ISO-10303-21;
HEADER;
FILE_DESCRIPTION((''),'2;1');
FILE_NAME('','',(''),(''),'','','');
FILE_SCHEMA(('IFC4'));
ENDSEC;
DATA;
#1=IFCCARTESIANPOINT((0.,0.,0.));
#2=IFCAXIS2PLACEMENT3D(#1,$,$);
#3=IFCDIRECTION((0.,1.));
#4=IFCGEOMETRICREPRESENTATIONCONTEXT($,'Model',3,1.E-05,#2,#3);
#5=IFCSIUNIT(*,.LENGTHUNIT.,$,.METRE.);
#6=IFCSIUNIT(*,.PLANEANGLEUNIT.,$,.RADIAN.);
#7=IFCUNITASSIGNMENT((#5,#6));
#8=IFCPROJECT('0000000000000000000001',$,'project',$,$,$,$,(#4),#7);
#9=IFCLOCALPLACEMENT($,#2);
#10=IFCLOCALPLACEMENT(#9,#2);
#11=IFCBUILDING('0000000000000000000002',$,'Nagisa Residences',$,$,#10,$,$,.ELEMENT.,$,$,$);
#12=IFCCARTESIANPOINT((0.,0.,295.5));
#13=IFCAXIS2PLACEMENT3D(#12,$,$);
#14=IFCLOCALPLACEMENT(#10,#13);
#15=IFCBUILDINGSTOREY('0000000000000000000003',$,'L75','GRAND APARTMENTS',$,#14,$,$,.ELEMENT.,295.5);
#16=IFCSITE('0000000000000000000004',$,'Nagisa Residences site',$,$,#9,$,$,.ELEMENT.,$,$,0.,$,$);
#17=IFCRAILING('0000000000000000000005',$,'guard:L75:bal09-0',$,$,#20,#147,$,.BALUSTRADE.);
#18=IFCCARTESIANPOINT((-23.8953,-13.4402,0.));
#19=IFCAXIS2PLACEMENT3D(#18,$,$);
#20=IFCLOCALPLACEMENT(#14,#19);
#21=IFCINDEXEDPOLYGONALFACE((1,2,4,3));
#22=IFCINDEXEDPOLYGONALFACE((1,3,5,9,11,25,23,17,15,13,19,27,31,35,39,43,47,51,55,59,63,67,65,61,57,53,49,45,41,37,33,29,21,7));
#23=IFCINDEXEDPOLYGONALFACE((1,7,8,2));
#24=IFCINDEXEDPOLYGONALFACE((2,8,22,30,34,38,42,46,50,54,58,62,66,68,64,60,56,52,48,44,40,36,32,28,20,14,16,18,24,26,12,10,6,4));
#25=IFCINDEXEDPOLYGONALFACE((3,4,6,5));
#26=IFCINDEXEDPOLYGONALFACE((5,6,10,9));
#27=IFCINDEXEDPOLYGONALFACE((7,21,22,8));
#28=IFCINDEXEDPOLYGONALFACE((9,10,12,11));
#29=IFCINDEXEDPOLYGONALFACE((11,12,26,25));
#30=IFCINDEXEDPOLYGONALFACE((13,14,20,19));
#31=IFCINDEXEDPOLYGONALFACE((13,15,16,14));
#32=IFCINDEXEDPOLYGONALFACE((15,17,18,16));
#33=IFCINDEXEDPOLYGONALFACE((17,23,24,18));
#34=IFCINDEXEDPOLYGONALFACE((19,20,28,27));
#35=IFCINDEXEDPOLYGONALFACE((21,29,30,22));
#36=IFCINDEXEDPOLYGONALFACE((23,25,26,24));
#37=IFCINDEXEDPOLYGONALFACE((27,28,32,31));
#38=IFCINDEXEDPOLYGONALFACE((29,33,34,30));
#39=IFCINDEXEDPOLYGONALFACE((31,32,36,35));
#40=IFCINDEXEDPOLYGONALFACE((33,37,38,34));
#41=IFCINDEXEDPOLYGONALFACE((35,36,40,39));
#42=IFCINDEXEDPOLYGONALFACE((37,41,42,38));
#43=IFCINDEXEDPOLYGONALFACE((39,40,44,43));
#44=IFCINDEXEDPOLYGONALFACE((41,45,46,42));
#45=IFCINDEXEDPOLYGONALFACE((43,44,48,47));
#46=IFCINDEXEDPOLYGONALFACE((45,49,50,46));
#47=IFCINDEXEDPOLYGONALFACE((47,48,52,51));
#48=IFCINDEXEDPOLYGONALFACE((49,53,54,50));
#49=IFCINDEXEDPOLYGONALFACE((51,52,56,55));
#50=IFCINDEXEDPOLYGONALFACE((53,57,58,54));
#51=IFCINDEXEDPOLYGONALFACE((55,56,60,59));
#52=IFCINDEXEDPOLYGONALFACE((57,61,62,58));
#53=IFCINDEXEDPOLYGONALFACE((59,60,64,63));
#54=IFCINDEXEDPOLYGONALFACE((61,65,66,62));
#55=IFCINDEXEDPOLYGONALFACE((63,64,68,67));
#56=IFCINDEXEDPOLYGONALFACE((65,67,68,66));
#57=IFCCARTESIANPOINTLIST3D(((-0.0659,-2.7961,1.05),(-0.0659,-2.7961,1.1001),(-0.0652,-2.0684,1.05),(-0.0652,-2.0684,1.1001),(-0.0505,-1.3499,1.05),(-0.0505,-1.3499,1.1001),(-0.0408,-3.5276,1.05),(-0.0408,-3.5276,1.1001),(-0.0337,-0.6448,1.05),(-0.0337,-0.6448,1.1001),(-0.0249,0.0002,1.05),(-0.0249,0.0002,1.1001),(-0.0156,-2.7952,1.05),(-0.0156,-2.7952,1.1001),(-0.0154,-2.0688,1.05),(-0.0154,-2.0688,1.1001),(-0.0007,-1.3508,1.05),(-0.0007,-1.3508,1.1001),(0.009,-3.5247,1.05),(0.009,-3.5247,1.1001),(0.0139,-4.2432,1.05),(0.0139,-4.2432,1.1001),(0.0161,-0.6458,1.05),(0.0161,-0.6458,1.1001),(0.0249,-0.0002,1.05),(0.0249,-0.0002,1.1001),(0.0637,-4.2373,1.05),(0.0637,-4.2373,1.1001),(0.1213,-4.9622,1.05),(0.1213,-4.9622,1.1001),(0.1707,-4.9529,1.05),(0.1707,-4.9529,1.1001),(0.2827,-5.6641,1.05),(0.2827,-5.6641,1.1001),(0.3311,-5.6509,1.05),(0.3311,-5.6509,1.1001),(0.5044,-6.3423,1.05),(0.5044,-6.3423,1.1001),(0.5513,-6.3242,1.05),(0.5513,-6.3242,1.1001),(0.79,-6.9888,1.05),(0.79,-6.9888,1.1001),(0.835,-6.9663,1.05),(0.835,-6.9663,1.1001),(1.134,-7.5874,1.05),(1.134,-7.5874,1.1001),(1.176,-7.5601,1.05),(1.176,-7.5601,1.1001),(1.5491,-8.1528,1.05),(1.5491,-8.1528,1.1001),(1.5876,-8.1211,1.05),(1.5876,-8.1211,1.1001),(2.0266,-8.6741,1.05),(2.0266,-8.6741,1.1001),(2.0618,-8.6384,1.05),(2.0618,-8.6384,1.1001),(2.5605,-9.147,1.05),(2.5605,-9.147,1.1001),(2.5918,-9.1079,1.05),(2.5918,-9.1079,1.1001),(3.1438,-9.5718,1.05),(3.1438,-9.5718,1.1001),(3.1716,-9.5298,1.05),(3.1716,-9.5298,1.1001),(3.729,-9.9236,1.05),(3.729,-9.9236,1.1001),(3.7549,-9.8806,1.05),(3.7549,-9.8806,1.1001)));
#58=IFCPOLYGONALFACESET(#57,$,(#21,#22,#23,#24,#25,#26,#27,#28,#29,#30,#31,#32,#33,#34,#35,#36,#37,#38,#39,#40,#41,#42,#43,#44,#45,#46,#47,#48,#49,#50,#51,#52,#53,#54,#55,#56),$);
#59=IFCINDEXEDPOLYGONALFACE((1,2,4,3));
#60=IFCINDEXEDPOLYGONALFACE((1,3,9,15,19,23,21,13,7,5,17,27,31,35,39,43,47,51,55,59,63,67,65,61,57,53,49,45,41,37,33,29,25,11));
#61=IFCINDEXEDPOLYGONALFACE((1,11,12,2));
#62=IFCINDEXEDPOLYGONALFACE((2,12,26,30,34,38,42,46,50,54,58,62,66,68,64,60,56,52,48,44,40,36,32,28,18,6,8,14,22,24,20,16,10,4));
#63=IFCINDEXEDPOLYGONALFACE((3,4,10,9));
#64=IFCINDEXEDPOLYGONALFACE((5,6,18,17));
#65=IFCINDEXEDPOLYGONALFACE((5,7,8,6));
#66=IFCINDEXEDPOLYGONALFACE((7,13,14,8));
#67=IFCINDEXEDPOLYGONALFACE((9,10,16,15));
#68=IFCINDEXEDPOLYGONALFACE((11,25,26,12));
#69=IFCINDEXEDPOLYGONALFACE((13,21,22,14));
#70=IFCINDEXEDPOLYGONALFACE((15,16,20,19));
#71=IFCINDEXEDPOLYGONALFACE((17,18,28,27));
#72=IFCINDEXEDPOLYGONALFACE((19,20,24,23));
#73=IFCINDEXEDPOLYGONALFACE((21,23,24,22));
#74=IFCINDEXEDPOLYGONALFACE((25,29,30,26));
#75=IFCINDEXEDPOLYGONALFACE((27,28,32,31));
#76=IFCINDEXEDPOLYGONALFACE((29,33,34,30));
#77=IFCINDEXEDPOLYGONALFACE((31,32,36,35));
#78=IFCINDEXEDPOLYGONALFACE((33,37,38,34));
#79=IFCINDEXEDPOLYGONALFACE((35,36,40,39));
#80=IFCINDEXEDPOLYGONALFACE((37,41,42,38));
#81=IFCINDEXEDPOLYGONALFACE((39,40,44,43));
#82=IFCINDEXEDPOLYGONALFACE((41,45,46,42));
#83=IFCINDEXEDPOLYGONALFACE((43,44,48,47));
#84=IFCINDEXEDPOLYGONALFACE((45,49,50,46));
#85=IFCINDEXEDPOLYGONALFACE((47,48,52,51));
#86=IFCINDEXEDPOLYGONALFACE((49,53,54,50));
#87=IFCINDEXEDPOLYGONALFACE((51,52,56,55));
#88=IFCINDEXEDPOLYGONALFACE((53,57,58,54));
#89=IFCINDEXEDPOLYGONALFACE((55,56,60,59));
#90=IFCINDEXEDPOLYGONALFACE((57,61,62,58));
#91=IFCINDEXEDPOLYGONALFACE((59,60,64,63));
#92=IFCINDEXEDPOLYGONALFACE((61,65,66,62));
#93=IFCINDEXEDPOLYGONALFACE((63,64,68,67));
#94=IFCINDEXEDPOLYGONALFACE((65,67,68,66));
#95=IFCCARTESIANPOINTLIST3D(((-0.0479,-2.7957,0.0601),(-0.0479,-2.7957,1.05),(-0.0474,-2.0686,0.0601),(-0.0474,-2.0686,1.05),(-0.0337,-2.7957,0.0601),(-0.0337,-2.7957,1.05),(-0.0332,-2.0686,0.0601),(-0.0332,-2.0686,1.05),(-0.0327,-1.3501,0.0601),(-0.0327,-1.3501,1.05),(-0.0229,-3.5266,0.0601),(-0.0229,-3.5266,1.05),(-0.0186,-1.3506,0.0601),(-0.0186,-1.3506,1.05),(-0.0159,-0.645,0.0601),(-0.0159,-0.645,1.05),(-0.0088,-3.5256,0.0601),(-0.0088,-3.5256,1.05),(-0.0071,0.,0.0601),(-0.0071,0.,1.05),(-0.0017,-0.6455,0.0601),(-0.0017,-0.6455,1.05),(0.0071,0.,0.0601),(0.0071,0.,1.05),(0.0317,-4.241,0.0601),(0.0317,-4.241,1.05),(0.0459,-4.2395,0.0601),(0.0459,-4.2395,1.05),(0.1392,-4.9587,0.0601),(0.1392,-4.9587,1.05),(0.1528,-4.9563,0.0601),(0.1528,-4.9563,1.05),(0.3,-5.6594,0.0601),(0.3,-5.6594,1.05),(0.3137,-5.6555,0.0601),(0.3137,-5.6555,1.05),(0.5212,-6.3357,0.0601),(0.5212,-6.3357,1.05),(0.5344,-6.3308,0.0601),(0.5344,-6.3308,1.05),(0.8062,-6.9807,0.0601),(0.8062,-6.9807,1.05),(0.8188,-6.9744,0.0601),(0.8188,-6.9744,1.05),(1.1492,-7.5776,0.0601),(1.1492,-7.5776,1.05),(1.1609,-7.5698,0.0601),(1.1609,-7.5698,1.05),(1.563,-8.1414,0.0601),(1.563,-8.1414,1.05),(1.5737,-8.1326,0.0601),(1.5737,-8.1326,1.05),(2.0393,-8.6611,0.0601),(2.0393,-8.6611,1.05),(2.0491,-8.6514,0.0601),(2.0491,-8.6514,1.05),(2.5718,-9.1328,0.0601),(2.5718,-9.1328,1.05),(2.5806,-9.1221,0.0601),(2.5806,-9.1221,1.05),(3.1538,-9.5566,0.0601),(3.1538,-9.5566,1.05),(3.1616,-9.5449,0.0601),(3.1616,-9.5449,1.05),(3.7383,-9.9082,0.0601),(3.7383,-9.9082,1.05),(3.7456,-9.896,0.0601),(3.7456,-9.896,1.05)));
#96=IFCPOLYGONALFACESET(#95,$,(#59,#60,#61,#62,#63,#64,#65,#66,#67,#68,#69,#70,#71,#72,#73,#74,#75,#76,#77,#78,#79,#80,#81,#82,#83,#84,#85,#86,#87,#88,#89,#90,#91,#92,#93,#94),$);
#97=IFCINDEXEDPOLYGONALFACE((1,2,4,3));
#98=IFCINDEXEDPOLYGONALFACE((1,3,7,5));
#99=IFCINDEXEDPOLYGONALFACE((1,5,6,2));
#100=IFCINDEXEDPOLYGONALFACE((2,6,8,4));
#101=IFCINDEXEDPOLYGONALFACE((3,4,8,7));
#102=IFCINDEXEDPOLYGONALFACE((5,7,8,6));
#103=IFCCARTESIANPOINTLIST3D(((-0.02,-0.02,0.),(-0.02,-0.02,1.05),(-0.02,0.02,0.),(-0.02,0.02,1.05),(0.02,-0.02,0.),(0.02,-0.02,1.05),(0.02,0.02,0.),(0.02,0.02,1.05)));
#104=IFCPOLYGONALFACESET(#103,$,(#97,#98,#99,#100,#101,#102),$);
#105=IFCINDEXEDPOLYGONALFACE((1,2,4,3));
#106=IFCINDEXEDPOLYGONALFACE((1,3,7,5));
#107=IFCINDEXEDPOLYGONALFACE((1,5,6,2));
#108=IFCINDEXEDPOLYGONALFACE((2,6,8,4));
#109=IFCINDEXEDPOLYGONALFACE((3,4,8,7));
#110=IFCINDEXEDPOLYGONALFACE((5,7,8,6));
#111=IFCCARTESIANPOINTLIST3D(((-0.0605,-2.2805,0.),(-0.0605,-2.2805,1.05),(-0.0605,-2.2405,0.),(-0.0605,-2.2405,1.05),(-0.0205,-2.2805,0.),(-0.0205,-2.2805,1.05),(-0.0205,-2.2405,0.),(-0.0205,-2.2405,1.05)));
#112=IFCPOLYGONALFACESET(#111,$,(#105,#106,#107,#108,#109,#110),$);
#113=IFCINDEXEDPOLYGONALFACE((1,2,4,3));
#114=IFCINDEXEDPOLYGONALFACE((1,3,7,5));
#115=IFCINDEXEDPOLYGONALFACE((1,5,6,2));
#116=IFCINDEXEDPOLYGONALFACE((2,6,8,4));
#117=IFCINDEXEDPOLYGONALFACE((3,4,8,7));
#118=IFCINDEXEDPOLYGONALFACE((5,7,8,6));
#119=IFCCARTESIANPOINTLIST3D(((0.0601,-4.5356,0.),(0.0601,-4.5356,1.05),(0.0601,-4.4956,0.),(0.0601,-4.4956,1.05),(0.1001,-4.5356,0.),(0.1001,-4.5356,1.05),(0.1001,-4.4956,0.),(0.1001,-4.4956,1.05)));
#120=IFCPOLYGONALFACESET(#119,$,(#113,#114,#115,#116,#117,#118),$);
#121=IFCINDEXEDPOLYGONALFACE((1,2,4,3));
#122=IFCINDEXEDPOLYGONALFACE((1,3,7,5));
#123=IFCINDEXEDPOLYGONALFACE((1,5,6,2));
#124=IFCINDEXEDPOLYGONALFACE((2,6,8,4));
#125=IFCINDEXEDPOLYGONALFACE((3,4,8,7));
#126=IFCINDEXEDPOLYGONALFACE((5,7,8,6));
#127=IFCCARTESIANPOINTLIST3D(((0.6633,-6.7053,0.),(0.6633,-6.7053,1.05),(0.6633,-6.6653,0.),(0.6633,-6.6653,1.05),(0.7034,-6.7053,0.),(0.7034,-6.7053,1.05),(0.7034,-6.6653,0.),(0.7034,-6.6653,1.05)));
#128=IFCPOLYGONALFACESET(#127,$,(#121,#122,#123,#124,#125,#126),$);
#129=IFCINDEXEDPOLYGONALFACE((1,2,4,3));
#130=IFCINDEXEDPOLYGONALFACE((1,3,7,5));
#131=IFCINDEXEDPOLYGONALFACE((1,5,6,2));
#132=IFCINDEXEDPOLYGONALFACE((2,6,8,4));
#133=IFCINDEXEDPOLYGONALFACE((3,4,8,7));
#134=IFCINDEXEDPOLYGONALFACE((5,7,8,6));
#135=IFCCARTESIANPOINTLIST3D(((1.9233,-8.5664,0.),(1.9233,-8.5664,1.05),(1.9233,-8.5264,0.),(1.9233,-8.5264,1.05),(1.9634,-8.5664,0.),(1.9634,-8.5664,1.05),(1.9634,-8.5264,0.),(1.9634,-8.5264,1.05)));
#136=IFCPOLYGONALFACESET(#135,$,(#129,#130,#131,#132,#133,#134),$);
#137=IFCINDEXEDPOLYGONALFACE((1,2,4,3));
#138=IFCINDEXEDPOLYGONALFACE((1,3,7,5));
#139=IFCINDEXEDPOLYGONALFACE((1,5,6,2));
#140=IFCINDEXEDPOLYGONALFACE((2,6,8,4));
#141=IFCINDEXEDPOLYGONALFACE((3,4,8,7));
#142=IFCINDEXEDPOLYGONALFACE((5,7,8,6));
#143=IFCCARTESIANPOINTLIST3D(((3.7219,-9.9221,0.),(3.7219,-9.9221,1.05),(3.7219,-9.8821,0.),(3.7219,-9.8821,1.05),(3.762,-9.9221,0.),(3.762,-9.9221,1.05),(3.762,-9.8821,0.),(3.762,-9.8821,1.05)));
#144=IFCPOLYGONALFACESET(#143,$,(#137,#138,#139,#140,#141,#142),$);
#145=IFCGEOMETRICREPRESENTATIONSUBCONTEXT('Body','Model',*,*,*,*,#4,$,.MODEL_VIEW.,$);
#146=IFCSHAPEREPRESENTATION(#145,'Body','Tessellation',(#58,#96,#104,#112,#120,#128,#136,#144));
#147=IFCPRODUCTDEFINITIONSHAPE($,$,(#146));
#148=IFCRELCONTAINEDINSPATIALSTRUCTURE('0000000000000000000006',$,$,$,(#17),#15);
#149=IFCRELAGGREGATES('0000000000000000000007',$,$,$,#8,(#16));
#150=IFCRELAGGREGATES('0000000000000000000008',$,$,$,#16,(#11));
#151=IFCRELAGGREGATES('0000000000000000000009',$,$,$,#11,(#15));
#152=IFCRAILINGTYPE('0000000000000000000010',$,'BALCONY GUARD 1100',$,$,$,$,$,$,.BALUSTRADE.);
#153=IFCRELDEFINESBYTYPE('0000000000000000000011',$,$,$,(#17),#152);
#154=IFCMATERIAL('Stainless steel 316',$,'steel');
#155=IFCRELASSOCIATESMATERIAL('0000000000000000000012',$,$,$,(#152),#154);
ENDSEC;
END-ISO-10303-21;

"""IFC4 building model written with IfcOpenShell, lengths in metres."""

from ifc_helpers import new_model, si_unit, direction, frame, origin, origin_2d, place, context, subcontext, project, spatial, polyline, rectangle, outline, extrude, material, type_object, element, save


model = new_model("IFC4")

# Units and contexts
model_context = context("Model", 3, precision=1e-05, world=origin(), true_north=direction((0.0, 1.0)))
body_context = subcontext(model_context, "Body", "Model", "MODEL_VIEW")
ifc_project = project(units=[si_unit("LENGTHUNIT", "METRE"), si_unit("PLANEANGLEUNIT", "RADIAN")], contexts=[model_context])

# Site, building, storey
site_placement = place(None, origin())
site = spatial("IfcSite", under=ifc_project, at=site_placement, Name="Nagisa Residences site", CompositionType="ELEMENT", RefElevation=0.0)
building_placement = place(site_placement, origin())
building = spatial("IfcBuilding", under=site, at=building_placement, Name="Nagisa Residences", CompositionType="ELEMENT")
storey_placement = place(building_placement, frame((0.0, 0.0, 295.5)))
storey = spatial("IfcBuildingStorey", under=building, at=storey_placement, Name="L75", Description="GRAND APARTMENTS", CompositionType="ELEMENT", Elevation=295.5)

# Railing
ifc_material_1 = material(Name="Stainless steel 316", Category="steel")
railing_type = type_object("IfcRailingType", Name="BALCONY GUARD 1100", PredefinedType="BALUSTRADE", material=ifc_material_1)
railing_1_placement = place(storey_placement, frame((-23.8953, -13.4402, 0.0)))
element("IfcRailing", 1, at=railing_1_placement, inside=storey, type_object=railing_type, Name="guard:L75:bal09-0", PredefinedType="BALUSTRADE", context=body_context, shape_type="SweptSolid", body=[
    extrude(outline(polyline([(0.0161, -0.6458), (0.0249, -0.0002), (-0.0249, 0.0002), (-0.0337, -0.6448), (-0.0505, -1.3499), (-0.0652, -2.0684), (-0.0659, -2.7961), (-0.0408, -3.5276), (0.0139, -4.2432), (0.1213, -4.9622), (0.2827, -5.6641), (0.5044, -6.3423), (0.79, -6.9888), (1.134, -7.5874), (1.5491, -8.1528), (2.0266, -8.6741), (2.5605, -9.147), (3.1438, -9.5718), (3.729, -9.9236), (3.7549, -9.8806), (3.1716, -9.5298), (2.5918, -9.1079), (2.0618, -8.6384), (1.5876, -8.1211), (1.176, -7.5601), (0.835, -6.9663), (0.5513, -6.3242), (0.3311, -5.6509), (0.1707, -4.9529), (0.0637, -4.2373), (0.009, -3.5247), (-0.0156, -2.7952), (-0.0154, -2.0688), (-0.0007, -1.3508), (0.0161, -0.6458)])), frame((0.0, 0.0, 1.05)), (0.0, 0.0, 1.0), 0.05),
    extrude(outline(polyline([(-0.0017, -0.6455), (0.0071, 0.0), (-0.0071, 0.0), (-0.0159, -0.645), (-0.0327, -1.3501), (-0.0474, -2.0686), (-0.0479, -2.7957), (-0.0229, -3.5266), (0.0317, -4.241), (0.1392, -4.9587), (0.3, -5.6594), (0.5212, -6.3357), (0.8062, -6.9807), (1.1492, -7.5776), (1.563, -8.1414), (2.0393, -8.6611), (2.5718, -9.1328), (3.1538, -9.5566), (3.7383, -9.9082), (3.7456, -9.896), (3.1616, -9.5449), (2.5806, -9.1221), (2.0491, -8.6514), (1.5737, -8.1326), (1.1609, -7.5698), (0.8188, -6.9744), (0.5344, -6.3308), (0.3137, -5.6555), (0.1528, -4.9563), (0.0459, -4.2395), (-0.0088, -3.5256), (-0.0337, -2.7957), (-0.0332, -2.0686), (-0.0186, -1.3506), (-0.0017, -0.6455)])), frame((0.0, 0.0, 0.0601)), (0.0, 0.0, 1.0), 0.99),
    extrude(rectangle(XDim=0.04, YDim=0.04, at=origin_2d()), origin(), (0.0, 0.0, 1.0), 1.05),
    extrude(rectangle(XDim=0.04, YDim=0.04, at=origin_2d()), frame((-0.0405, -2.2605, 0.0)), (0.0, 0.0, 1.0), 1.05),
    extrude(rectangle(XDim=0.04, YDim=0.04, at=origin_2d()), frame((0.0801, -4.5156, 0.0)), (0.0, 0.0, 1.0), 1.05),
    extrude(rectangle(XDim=0.04, YDim=0.04, at=origin_2d()), frame((0.6833, -6.6853, 0.0)), (0.0, 0.0, 1.0), 1.05),
    extrude(rectangle(XDim=0.04, YDim=0.04, at=origin_2d()), frame((1.9434, -8.5464, 0.0)), (0.0, 0.0, 1.0), 1.05),
    extrude(rectangle(XDim=0.04, YDim=0.04, at=origin_2d()), frame((3.7419, -9.9021, 0.0)), (0.0, 0.0, 1.0), 1.05),
])

save(model, "model.ifc")
